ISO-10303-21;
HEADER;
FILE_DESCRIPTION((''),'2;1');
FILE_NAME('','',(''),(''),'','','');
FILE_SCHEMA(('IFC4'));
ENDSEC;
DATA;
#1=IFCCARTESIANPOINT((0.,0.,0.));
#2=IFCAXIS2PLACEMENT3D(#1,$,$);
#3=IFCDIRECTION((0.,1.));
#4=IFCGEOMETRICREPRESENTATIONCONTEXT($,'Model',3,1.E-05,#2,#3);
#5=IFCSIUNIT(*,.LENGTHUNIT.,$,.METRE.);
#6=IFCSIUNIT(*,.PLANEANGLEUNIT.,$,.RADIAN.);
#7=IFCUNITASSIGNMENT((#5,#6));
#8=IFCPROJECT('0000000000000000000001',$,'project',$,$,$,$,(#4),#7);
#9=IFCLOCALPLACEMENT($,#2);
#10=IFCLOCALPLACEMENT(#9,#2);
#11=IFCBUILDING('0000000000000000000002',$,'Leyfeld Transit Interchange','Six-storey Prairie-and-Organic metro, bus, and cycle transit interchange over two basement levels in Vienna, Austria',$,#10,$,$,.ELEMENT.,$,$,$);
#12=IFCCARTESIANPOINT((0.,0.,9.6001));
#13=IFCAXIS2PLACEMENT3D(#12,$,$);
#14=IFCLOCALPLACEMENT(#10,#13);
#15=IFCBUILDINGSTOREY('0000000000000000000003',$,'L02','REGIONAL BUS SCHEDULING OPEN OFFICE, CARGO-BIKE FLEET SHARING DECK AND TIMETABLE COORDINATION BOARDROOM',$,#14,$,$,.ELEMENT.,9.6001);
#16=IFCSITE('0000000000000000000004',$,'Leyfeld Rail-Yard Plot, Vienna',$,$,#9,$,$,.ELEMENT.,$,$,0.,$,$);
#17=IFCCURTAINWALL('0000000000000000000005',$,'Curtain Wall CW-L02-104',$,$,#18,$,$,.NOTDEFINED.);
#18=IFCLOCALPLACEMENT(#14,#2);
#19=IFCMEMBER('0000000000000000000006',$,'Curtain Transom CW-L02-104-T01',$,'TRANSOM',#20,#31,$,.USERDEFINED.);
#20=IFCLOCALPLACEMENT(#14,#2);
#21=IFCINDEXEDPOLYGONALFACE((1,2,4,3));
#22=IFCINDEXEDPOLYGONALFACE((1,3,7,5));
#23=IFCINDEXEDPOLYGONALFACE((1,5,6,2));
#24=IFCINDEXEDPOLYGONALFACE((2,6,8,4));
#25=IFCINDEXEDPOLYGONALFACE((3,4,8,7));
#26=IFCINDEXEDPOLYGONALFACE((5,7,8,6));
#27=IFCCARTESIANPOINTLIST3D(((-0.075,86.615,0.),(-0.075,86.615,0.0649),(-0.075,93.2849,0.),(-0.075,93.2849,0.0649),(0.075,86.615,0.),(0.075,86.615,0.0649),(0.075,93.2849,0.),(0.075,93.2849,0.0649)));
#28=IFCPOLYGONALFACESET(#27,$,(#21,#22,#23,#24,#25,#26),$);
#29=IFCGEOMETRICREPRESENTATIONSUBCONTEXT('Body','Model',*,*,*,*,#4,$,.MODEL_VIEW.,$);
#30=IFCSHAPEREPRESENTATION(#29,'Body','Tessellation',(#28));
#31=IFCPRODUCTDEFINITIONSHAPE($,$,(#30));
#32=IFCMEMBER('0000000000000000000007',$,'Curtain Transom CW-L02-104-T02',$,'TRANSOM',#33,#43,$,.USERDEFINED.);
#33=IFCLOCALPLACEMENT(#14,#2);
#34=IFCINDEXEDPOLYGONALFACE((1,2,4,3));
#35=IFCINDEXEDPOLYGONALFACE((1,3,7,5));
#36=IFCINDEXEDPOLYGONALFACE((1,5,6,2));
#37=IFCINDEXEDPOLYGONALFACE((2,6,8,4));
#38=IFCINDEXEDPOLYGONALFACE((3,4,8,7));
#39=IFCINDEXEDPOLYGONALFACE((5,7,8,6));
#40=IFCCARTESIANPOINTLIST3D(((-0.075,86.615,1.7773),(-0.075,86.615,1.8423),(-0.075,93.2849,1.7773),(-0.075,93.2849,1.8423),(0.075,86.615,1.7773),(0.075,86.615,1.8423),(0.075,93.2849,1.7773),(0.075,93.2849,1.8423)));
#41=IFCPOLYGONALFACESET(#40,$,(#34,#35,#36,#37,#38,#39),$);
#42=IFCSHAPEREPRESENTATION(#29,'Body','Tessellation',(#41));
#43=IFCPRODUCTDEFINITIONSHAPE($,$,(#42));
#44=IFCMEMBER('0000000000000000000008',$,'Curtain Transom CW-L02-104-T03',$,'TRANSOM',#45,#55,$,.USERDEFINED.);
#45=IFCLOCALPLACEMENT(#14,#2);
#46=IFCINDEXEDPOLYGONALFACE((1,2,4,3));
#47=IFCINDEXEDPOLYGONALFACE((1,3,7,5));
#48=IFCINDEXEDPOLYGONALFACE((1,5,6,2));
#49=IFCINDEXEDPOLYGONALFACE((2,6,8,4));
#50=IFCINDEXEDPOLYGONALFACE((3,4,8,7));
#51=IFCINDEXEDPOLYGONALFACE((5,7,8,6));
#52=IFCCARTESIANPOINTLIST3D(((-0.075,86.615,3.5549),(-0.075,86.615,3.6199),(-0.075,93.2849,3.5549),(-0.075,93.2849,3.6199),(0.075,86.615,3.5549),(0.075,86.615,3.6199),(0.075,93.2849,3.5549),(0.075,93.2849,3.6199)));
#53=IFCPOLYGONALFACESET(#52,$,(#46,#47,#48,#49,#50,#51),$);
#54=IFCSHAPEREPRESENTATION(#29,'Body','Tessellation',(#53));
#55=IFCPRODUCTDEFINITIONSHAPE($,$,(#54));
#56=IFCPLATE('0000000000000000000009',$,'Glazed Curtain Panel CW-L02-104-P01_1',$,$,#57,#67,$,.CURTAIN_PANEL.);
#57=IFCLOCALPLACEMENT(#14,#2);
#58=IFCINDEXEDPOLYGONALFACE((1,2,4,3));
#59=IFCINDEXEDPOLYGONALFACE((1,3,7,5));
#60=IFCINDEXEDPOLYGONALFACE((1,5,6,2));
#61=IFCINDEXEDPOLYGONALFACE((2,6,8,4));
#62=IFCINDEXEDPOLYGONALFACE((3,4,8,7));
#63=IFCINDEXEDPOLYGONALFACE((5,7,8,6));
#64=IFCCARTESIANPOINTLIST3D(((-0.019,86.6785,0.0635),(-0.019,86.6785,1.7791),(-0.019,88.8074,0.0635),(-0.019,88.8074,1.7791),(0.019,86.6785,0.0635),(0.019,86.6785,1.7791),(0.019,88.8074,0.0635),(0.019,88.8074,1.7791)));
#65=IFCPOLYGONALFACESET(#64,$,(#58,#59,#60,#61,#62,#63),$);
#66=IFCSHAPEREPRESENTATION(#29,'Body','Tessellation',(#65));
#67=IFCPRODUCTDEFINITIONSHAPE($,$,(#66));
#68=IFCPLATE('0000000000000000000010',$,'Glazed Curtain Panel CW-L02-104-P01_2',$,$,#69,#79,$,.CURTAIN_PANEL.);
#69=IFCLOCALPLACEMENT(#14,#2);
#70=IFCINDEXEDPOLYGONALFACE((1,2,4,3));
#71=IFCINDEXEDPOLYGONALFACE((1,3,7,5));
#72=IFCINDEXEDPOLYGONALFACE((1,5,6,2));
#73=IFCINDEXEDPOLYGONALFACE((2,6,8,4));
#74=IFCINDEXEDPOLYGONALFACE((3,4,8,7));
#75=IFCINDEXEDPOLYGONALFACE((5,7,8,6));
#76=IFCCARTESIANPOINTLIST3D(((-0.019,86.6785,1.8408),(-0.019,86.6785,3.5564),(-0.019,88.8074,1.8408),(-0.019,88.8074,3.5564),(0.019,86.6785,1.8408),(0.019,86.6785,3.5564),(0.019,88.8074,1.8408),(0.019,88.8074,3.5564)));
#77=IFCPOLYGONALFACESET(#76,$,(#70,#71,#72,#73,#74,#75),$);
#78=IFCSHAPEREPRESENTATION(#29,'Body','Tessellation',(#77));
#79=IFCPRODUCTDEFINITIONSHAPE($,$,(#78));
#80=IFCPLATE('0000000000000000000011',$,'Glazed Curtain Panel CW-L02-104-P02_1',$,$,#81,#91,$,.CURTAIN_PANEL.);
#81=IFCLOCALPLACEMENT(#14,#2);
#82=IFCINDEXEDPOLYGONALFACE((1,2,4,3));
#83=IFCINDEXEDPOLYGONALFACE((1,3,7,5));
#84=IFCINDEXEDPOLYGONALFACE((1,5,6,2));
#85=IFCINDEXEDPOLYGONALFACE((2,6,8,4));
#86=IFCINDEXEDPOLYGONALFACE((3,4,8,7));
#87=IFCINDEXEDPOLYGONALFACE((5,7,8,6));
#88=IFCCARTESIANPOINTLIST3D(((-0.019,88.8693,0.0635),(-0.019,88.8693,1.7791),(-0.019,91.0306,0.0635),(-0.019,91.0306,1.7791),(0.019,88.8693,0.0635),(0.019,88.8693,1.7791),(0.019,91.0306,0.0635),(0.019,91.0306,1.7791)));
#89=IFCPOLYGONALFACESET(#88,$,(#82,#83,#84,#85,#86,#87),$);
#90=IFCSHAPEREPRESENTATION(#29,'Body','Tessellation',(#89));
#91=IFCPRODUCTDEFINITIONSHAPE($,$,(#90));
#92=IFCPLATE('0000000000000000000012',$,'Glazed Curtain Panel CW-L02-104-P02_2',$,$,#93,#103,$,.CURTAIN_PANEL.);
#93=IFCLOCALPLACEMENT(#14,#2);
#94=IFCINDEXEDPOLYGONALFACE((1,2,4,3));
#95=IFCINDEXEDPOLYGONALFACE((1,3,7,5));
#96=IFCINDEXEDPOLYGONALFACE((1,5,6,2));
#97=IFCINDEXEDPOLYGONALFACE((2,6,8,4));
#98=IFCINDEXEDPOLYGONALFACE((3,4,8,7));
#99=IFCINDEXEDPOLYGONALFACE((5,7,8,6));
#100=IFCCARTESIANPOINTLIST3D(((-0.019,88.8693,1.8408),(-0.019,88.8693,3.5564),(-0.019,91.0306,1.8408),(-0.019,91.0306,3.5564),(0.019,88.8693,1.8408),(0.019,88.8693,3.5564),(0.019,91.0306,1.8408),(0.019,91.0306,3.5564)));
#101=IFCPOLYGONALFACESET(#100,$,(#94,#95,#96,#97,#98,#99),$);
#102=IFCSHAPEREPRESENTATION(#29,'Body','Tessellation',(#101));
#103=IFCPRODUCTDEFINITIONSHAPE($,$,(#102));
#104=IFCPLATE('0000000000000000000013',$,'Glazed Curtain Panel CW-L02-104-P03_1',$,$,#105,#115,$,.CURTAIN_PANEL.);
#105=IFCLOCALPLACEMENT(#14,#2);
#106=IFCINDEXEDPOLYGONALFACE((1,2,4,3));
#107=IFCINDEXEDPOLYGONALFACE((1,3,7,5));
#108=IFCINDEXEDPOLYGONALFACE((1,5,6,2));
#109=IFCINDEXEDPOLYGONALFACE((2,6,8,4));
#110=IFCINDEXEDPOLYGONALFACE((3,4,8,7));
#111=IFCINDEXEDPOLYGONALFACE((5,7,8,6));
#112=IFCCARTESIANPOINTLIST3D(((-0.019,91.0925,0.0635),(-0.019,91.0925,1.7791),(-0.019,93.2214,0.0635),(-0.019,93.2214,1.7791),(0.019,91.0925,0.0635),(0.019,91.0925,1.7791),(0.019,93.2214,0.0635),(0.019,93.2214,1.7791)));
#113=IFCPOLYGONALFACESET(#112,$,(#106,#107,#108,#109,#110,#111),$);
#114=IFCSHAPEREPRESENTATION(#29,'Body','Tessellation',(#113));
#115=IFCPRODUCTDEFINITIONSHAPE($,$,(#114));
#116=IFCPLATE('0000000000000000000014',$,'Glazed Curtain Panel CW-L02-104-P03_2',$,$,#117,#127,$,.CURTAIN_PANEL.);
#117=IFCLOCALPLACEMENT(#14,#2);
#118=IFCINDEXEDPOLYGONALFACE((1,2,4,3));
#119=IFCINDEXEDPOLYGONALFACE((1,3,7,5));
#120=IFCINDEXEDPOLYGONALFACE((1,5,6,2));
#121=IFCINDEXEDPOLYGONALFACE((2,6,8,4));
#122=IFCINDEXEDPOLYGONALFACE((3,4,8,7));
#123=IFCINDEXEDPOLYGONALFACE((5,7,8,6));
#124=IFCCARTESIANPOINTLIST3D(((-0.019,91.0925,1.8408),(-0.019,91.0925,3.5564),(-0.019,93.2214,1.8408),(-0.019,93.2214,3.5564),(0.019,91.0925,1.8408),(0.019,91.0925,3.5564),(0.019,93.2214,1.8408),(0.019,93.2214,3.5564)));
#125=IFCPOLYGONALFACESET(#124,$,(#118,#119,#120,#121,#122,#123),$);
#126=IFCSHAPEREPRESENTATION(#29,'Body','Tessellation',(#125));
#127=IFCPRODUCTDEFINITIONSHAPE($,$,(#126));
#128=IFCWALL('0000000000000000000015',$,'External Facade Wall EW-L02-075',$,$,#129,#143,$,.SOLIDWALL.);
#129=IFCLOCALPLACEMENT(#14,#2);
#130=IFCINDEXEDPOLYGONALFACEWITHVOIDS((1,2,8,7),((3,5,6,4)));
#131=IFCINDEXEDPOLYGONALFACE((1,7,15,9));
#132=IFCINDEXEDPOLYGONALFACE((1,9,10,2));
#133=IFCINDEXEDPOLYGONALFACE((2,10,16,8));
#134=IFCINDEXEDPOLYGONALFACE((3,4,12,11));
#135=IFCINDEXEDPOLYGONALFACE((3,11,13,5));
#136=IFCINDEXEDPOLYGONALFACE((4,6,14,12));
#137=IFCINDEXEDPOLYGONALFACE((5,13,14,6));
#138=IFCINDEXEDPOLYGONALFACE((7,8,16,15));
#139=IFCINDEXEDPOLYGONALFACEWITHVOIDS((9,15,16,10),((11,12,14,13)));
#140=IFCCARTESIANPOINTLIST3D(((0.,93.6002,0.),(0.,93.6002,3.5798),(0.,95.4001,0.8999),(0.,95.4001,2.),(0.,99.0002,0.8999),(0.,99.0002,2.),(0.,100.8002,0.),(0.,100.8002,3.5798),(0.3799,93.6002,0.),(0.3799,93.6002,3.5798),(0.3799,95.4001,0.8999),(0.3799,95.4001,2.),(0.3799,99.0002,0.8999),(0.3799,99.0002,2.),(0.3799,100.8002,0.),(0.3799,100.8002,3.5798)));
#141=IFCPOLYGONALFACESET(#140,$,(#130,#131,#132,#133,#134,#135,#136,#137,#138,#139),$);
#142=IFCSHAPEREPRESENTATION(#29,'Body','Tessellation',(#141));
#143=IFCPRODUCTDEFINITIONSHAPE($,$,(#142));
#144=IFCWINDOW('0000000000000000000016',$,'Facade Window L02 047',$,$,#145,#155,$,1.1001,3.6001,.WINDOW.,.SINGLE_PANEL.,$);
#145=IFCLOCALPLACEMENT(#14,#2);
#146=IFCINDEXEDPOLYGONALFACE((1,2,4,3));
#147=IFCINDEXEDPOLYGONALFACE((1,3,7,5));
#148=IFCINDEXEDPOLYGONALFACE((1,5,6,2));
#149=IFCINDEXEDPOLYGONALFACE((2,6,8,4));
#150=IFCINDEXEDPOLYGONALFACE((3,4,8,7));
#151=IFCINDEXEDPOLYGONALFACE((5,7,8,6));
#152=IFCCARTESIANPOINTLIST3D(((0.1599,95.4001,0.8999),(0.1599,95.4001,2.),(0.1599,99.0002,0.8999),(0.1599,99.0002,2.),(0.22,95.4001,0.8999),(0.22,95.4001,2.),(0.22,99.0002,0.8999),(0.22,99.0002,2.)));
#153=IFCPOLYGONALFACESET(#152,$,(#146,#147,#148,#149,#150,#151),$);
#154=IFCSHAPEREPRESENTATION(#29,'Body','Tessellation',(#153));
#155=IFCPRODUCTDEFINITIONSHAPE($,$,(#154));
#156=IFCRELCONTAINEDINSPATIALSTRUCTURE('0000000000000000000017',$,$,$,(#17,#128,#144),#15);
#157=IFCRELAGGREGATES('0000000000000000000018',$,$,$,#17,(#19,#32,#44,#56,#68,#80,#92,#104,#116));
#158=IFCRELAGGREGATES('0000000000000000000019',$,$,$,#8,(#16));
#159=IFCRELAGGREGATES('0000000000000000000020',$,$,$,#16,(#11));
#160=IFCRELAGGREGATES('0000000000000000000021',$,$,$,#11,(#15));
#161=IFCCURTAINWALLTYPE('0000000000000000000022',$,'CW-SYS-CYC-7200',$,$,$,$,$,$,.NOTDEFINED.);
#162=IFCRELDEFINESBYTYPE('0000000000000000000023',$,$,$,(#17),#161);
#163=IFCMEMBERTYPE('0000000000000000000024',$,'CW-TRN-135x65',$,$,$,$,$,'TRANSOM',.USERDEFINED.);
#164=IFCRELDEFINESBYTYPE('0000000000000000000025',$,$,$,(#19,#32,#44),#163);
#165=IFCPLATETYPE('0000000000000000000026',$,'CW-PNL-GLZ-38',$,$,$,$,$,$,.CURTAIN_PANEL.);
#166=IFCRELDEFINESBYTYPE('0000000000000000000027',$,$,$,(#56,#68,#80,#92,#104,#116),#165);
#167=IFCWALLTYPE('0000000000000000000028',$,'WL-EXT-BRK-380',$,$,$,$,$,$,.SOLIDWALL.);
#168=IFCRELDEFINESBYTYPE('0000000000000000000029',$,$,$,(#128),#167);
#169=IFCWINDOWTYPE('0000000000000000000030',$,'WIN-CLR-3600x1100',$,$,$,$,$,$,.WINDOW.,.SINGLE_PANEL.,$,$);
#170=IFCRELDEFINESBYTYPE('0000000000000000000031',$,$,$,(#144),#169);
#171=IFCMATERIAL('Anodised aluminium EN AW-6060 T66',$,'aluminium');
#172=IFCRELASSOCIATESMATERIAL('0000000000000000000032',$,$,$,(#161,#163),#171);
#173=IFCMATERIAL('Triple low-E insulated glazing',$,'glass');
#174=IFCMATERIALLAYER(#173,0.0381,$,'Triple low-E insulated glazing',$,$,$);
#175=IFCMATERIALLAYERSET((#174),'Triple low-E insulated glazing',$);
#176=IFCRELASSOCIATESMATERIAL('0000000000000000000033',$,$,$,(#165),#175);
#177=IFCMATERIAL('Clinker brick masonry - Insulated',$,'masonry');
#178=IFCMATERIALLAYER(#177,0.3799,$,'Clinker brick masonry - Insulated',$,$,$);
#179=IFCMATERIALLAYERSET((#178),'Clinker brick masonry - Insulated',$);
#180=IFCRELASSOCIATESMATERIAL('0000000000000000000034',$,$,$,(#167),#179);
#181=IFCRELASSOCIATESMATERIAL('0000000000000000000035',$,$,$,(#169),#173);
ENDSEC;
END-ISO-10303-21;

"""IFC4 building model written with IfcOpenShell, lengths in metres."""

from ifc_helpers import new_model, si_unit, direction, frame, frame_2d, origin, origin_2d, place, context, subcontext, project, spatial, rectangle, extrude, material, layer, layer_set, material_profile, profile_set, type_object, element, fill, aggregate, save


model = new_model("IFC4")

# Units and contexts
model_context = context("Model", 3, precision=1e-05, world=origin(), true_north=direction((0.0, 1.0)))
body_context = subcontext(model_context, "Body", "Model", "MODEL_VIEW")
ifc_project = project(units=[si_unit("LENGTHUNIT", "METRE"), si_unit("PLANEANGLEUNIT", "RADIAN")], contexts=[model_context])

# Site, building, storey
site_placement = place(None, origin())
site = spatial("IfcSite", under=ifc_project, at=site_placement, Name="Leyfeld Rail-Yard Plot, Vienna", CompositionType="ELEMENT", RefElevation=0.0)
building_placement = place(site_placement, origin())
building = spatial("IfcBuilding", under=site, at=building_placement, Name="Leyfeld Transit Interchange", Description="Six-storey Prairie-and-Organic metro, bus, and cycle transit interchange over two basement levels in Vienna, Austria", CompositionType="ELEMENT")
storey_placement = place(building_placement, frame((0.0, 0.0, 9.6001)))
storey = spatial("IfcBuildingStorey", under=building, at=storey_placement, Name="L02", Description="REGIONAL BUS SCHEDULING OPEN OFFICE, CARGO-BIKE FLEET SHARING DECK AND TIMETABLE COORDINATION BOARDROOM", CompositionType="ELEMENT", Elevation=9.6001)

# Curtain wall, members, plates
ifc_material_1 = material(Name="Anodised aluminium EN AW-6060 T66", Category="aluminium")
curtain_wall_type = type_object("IfcCurtainWallType", Name="CW-SYS-CYC-7200", PredefinedType="NOTDEFINED", material=ifc_material_1)
curtain_wall_placement = place(storey_placement, origin())
curtain_wall = element("IfcCurtainWall", 1, at=curtain_wall_placement, inside=storey, type_object=curtain_wall_type, Name="Curtain Wall CW-L02-104", PredefinedType="NOTDEFINED")
ifc_material_profile_1 = material_profile(ifc_material_1, rectangle(XDim=0.1499, YDim=0.0649, at=origin_2d()), Name="CW-TRN-135x65")
ifc_profile_set_1 = profile_set([ifc_material_profile_1], Name="Anodised aluminium EN AW-6060 T66")
member_type_1 = type_object("IfcMemberType", Name="CW-TRN-135x65", ElementType="TRANSOM", PredefinedType="USERDEFINED", material=ifc_profile_set_1)
member_1_placement = place(storey_placement, frame((0.0, 86.615, 0.0325), z_axis=(0.0, 1.0, 0.0), x_axis=(-1.0, 0.0, 0.0)))
member_1 = element("IfcMember", 2, at=member_1_placement, type_object=member_type_1, Name="Curtain Transom CW-L02-104-T01", ObjectType="TRANSOM", PredefinedType="USERDEFINED", context=body_context, shape_type="SweptSolid", body=[
    extrude(rectangle(XDim=0.1499, YDim=0.0649, at=origin_2d()), origin(), (0.0, 0.0, 1.0), 6.6699),
])
member_2_placement = place(storey_placement, frame((0.0, 86.615, 1.8098), z_axis=(0.0, 1.0, 0.0), x_axis=(-1.0, 0.0, 0.0)))
member_2 = element("IfcMember", 3, at=member_2_placement, type_object=member_type_1, Name="Curtain Transom CW-L02-104-T02", ObjectType="TRANSOM", PredefinedType="USERDEFINED", context=body_context, shape_type="SweptSolid", body=[
    extrude(rectangle(XDim=0.1499, YDim=0.0649, at=origin_2d()), origin(), (0.0, 0.0, 1.0), 6.6699),
])
member_3_placement = place(storey_placement, frame((0.0, 86.615, 3.5874), z_axis=(0.0, 1.0, 0.0), x_axis=(-1.0, 0.0, 0.0)))
member_3 = element("IfcMember", 4, at=member_3_placement, type_object=member_type_1, Name="Curtain Transom CW-L02-104-T03", ObjectType="TRANSOM", PredefinedType="USERDEFINED", context=body_context, shape_type="SweptSolid", body=[
    extrude(rectangle(XDim=0.1499, YDim=0.0649, at=origin_2d()), origin(), (0.0, 0.0, 1.0), 6.6699),
])
ifc_material_2 = material(Name="Triple low-E insulated glazing", Category="glass")
ifc_layer_1 = layer(ifc_material_2, 0.0381, Name="Triple low-E insulated glazing")
ifc_layer_set_1 = layer_set([ifc_layer_1], Name="Triple low-E insulated glazing")
plate_type = type_object("IfcPlateType", Name="CW-PNL-GLZ-38", PredefinedType="CURTAIN_PANEL", material=ifc_layer_set_1)
plate_1_placement = place(storey_placement, frame((0.0, 87.7429, 0.0635), z_axis=(0.0, 0.0, 1.0), x_axis=(0.0, 1.0, 0.0)))
plate_1 = element("IfcPlate", 5, at=plate_1_placement, type_object=plate_type, Name="Glazed Curtain Panel CW-L02-104-P01_1", PredefinedType="CURTAIN_PANEL", context=body_context, shape_type="SweptSolid", body=[
    extrude(rectangle(XDim=2.1289, YDim=0.0381, at=origin_2d()), origin(), (0.0, 0.0, 1.0), 1.7156),
])
plate_2_placement = place(storey_placement, frame((0.0, 87.7429, 1.8408), z_axis=(0.0, 0.0, 1.0), x_axis=(0.0, 1.0, 0.0)))
plate_2 = element("IfcPlate", 6, at=plate_2_placement, type_object=plate_type, Name="Glazed Curtain Panel CW-L02-104-P01_2", PredefinedType="CURTAIN_PANEL", context=body_context, shape_type="SweptSolid", body=[
    extrude(rectangle(XDim=2.1289, YDim=0.0381, at=origin_2d()), origin(), (0.0, 0.0, 1.0), 1.7156),
])
plate_3_placement = place(storey_placement, frame((0.0, 89.95, 0.0635), z_axis=(0.0, 0.0, 1.0), x_axis=(0.0, 1.0, 0.0)))
plate_3 = element("IfcPlate", 7, at=plate_3_placement, type_object=plate_type, Name="Glazed Curtain Panel CW-L02-104-P02_1", PredefinedType="CURTAIN_PANEL", context=body_context, shape_type="SweptSolid", body=[
    extrude(rectangle(XDim=2.1614, YDim=0.0381, at=origin_2d()), origin(), (0.0, 0.0, 1.0), 1.7156),
])
plate_4_placement = place(storey_placement, frame((0.0, 89.95, 1.8408), z_axis=(0.0, 0.0, 1.0), x_axis=(0.0, 1.0, 0.0)))
plate_4 = element("IfcPlate", 8, at=plate_4_placement, type_object=plate_type, Name="Glazed Curtain Panel CW-L02-104-P02_2", PredefinedType="CURTAIN_PANEL", context=body_context, shape_type="SweptSolid", body=[
    extrude(rectangle(XDim=2.1614, YDim=0.0381, at=origin_2d()), origin(), (0.0, 0.0, 1.0), 1.7156),
])
plate_5_placement = place(storey_placement, frame((0.0, 92.157, 0.0635), z_axis=(0.0, 0.0, 1.0), x_axis=(0.0, 1.0, 0.0)))
plate_5 = element("IfcPlate", 9, at=plate_5_placement, type_object=plate_type, Name="Glazed Curtain Panel CW-L02-104-P03_1", PredefinedType="CURTAIN_PANEL", context=body_context, shape_type="SweptSolid", body=[
    extrude(rectangle(XDim=2.1289, YDim=0.0381, at=origin_2d()), origin(), (0.0, 0.0, 1.0), 1.7156),
])
plate_6_placement = place(storey_placement, frame((0.0, 92.157, 1.8408), z_axis=(0.0, 0.0, 1.0), x_axis=(0.0, 1.0, 0.0)))
plate_6 = element("IfcPlate", 10, at=plate_6_placement, type_object=plate_type, Name="Glazed Curtain Panel CW-L02-104-P03_2", PredefinedType="CURTAIN_PANEL", context=body_context, shape_type="SweptSolid", body=[
    extrude(rectangle(XDim=2.1289, YDim=0.0381, at=origin_2d()), origin(), (0.0, 0.0, 1.0), 1.7156),
])
aggregate(curtain_wall, [member_1, member_2, member_3, plate_1, plate_2, plate_3, plate_4, plate_5, plate_6])

# Wall, opening, window
ifc_material_3 = material(Name="Clinker brick masonry - Insulated", Category="masonry")
ifc_layer_2 = layer(ifc_material_3, 0.3799, Name="Clinker brick masonry - Insulated")
ifc_layer_set_2 = layer_set([ifc_layer_2], Name="Clinker brick masonry - Insulated")
wall_type = type_object("IfcWallType", Name="WL-EXT-BRK-380", PredefinedType="SOLIDWALL", material=ifc_layer_set_2)
wall_placement = place(storey_placement, frame((0.1899, 93.6001, 0.0), z_axis=(0.0, 0.0, 1.0), x_axis=(0.0, 1.0, 0.0)))
wall = element("IfcWall", 11, at=wall_placement, inside=storey, type_object=wall_type, Name="External Facade Wall EW-L02-075", PredefinedType="SOLIDWALL", context=body_context, shape_type="SweptSolid", body=[
    extrude(rectangle(XDim=7.2, YDim=0.3799, at=frame_2d((3.6001, 0.0))), origin(), (0.0, 0.0, 1.0), 3.5798),
])
opening_placement = place(wall_placement, frame((1.8, 0.0, 0.8999)))
opening = element("IfcOpeningElement", 12, at=opening_placement, cuts=wall, PredefinedType="OPENING", context=body_context, shape_type="SweptSolid", body=[
    extrude(rectangle(XDim=3.6001, YDim=1.1001, at=frame_2d((1.8, 0.55))), frame((0.0, 0.2, 0.0), z_axis=(0.0, -1.0, 0.0), x_axis=(1.0, 0.0, 0.0)), (0.0, 0.0, 1.0), 0.3999),
])
window_type = type_object("IfcWindowType", Name="WIN-CLR-3600x1100", PartitioningType="SINGLE_PANEL", PredefinedType="WINDOW", material=ifc_material_2)
window_placement = place(opening_placement, origin())
window = element("IfcWindow", 13, at=window_placement, inside=storey, type_object=window_type, Name="Facade Window L02 047", OverallHeight=1.1001, OverallWidth=3.6001, PartitioningType="SINGLE_PANEL", PredefinedType="WINDOW", context=body_context, shape_type="SweptSolid", body=[
    extrude(rectangle(XDim=3.6001, YDim=1.1001, at=frame_2d((1.8, 0.55))), frame((0.0, 0.03, 0.0), z_axis=(0.0, -1.0, 0.0), x_axis=(1.0, 0.0, 0.0)), (0.0, 0.0, 1.0), 0.0601),
])
fill(opening, window)

save(model, "model.ifc")
